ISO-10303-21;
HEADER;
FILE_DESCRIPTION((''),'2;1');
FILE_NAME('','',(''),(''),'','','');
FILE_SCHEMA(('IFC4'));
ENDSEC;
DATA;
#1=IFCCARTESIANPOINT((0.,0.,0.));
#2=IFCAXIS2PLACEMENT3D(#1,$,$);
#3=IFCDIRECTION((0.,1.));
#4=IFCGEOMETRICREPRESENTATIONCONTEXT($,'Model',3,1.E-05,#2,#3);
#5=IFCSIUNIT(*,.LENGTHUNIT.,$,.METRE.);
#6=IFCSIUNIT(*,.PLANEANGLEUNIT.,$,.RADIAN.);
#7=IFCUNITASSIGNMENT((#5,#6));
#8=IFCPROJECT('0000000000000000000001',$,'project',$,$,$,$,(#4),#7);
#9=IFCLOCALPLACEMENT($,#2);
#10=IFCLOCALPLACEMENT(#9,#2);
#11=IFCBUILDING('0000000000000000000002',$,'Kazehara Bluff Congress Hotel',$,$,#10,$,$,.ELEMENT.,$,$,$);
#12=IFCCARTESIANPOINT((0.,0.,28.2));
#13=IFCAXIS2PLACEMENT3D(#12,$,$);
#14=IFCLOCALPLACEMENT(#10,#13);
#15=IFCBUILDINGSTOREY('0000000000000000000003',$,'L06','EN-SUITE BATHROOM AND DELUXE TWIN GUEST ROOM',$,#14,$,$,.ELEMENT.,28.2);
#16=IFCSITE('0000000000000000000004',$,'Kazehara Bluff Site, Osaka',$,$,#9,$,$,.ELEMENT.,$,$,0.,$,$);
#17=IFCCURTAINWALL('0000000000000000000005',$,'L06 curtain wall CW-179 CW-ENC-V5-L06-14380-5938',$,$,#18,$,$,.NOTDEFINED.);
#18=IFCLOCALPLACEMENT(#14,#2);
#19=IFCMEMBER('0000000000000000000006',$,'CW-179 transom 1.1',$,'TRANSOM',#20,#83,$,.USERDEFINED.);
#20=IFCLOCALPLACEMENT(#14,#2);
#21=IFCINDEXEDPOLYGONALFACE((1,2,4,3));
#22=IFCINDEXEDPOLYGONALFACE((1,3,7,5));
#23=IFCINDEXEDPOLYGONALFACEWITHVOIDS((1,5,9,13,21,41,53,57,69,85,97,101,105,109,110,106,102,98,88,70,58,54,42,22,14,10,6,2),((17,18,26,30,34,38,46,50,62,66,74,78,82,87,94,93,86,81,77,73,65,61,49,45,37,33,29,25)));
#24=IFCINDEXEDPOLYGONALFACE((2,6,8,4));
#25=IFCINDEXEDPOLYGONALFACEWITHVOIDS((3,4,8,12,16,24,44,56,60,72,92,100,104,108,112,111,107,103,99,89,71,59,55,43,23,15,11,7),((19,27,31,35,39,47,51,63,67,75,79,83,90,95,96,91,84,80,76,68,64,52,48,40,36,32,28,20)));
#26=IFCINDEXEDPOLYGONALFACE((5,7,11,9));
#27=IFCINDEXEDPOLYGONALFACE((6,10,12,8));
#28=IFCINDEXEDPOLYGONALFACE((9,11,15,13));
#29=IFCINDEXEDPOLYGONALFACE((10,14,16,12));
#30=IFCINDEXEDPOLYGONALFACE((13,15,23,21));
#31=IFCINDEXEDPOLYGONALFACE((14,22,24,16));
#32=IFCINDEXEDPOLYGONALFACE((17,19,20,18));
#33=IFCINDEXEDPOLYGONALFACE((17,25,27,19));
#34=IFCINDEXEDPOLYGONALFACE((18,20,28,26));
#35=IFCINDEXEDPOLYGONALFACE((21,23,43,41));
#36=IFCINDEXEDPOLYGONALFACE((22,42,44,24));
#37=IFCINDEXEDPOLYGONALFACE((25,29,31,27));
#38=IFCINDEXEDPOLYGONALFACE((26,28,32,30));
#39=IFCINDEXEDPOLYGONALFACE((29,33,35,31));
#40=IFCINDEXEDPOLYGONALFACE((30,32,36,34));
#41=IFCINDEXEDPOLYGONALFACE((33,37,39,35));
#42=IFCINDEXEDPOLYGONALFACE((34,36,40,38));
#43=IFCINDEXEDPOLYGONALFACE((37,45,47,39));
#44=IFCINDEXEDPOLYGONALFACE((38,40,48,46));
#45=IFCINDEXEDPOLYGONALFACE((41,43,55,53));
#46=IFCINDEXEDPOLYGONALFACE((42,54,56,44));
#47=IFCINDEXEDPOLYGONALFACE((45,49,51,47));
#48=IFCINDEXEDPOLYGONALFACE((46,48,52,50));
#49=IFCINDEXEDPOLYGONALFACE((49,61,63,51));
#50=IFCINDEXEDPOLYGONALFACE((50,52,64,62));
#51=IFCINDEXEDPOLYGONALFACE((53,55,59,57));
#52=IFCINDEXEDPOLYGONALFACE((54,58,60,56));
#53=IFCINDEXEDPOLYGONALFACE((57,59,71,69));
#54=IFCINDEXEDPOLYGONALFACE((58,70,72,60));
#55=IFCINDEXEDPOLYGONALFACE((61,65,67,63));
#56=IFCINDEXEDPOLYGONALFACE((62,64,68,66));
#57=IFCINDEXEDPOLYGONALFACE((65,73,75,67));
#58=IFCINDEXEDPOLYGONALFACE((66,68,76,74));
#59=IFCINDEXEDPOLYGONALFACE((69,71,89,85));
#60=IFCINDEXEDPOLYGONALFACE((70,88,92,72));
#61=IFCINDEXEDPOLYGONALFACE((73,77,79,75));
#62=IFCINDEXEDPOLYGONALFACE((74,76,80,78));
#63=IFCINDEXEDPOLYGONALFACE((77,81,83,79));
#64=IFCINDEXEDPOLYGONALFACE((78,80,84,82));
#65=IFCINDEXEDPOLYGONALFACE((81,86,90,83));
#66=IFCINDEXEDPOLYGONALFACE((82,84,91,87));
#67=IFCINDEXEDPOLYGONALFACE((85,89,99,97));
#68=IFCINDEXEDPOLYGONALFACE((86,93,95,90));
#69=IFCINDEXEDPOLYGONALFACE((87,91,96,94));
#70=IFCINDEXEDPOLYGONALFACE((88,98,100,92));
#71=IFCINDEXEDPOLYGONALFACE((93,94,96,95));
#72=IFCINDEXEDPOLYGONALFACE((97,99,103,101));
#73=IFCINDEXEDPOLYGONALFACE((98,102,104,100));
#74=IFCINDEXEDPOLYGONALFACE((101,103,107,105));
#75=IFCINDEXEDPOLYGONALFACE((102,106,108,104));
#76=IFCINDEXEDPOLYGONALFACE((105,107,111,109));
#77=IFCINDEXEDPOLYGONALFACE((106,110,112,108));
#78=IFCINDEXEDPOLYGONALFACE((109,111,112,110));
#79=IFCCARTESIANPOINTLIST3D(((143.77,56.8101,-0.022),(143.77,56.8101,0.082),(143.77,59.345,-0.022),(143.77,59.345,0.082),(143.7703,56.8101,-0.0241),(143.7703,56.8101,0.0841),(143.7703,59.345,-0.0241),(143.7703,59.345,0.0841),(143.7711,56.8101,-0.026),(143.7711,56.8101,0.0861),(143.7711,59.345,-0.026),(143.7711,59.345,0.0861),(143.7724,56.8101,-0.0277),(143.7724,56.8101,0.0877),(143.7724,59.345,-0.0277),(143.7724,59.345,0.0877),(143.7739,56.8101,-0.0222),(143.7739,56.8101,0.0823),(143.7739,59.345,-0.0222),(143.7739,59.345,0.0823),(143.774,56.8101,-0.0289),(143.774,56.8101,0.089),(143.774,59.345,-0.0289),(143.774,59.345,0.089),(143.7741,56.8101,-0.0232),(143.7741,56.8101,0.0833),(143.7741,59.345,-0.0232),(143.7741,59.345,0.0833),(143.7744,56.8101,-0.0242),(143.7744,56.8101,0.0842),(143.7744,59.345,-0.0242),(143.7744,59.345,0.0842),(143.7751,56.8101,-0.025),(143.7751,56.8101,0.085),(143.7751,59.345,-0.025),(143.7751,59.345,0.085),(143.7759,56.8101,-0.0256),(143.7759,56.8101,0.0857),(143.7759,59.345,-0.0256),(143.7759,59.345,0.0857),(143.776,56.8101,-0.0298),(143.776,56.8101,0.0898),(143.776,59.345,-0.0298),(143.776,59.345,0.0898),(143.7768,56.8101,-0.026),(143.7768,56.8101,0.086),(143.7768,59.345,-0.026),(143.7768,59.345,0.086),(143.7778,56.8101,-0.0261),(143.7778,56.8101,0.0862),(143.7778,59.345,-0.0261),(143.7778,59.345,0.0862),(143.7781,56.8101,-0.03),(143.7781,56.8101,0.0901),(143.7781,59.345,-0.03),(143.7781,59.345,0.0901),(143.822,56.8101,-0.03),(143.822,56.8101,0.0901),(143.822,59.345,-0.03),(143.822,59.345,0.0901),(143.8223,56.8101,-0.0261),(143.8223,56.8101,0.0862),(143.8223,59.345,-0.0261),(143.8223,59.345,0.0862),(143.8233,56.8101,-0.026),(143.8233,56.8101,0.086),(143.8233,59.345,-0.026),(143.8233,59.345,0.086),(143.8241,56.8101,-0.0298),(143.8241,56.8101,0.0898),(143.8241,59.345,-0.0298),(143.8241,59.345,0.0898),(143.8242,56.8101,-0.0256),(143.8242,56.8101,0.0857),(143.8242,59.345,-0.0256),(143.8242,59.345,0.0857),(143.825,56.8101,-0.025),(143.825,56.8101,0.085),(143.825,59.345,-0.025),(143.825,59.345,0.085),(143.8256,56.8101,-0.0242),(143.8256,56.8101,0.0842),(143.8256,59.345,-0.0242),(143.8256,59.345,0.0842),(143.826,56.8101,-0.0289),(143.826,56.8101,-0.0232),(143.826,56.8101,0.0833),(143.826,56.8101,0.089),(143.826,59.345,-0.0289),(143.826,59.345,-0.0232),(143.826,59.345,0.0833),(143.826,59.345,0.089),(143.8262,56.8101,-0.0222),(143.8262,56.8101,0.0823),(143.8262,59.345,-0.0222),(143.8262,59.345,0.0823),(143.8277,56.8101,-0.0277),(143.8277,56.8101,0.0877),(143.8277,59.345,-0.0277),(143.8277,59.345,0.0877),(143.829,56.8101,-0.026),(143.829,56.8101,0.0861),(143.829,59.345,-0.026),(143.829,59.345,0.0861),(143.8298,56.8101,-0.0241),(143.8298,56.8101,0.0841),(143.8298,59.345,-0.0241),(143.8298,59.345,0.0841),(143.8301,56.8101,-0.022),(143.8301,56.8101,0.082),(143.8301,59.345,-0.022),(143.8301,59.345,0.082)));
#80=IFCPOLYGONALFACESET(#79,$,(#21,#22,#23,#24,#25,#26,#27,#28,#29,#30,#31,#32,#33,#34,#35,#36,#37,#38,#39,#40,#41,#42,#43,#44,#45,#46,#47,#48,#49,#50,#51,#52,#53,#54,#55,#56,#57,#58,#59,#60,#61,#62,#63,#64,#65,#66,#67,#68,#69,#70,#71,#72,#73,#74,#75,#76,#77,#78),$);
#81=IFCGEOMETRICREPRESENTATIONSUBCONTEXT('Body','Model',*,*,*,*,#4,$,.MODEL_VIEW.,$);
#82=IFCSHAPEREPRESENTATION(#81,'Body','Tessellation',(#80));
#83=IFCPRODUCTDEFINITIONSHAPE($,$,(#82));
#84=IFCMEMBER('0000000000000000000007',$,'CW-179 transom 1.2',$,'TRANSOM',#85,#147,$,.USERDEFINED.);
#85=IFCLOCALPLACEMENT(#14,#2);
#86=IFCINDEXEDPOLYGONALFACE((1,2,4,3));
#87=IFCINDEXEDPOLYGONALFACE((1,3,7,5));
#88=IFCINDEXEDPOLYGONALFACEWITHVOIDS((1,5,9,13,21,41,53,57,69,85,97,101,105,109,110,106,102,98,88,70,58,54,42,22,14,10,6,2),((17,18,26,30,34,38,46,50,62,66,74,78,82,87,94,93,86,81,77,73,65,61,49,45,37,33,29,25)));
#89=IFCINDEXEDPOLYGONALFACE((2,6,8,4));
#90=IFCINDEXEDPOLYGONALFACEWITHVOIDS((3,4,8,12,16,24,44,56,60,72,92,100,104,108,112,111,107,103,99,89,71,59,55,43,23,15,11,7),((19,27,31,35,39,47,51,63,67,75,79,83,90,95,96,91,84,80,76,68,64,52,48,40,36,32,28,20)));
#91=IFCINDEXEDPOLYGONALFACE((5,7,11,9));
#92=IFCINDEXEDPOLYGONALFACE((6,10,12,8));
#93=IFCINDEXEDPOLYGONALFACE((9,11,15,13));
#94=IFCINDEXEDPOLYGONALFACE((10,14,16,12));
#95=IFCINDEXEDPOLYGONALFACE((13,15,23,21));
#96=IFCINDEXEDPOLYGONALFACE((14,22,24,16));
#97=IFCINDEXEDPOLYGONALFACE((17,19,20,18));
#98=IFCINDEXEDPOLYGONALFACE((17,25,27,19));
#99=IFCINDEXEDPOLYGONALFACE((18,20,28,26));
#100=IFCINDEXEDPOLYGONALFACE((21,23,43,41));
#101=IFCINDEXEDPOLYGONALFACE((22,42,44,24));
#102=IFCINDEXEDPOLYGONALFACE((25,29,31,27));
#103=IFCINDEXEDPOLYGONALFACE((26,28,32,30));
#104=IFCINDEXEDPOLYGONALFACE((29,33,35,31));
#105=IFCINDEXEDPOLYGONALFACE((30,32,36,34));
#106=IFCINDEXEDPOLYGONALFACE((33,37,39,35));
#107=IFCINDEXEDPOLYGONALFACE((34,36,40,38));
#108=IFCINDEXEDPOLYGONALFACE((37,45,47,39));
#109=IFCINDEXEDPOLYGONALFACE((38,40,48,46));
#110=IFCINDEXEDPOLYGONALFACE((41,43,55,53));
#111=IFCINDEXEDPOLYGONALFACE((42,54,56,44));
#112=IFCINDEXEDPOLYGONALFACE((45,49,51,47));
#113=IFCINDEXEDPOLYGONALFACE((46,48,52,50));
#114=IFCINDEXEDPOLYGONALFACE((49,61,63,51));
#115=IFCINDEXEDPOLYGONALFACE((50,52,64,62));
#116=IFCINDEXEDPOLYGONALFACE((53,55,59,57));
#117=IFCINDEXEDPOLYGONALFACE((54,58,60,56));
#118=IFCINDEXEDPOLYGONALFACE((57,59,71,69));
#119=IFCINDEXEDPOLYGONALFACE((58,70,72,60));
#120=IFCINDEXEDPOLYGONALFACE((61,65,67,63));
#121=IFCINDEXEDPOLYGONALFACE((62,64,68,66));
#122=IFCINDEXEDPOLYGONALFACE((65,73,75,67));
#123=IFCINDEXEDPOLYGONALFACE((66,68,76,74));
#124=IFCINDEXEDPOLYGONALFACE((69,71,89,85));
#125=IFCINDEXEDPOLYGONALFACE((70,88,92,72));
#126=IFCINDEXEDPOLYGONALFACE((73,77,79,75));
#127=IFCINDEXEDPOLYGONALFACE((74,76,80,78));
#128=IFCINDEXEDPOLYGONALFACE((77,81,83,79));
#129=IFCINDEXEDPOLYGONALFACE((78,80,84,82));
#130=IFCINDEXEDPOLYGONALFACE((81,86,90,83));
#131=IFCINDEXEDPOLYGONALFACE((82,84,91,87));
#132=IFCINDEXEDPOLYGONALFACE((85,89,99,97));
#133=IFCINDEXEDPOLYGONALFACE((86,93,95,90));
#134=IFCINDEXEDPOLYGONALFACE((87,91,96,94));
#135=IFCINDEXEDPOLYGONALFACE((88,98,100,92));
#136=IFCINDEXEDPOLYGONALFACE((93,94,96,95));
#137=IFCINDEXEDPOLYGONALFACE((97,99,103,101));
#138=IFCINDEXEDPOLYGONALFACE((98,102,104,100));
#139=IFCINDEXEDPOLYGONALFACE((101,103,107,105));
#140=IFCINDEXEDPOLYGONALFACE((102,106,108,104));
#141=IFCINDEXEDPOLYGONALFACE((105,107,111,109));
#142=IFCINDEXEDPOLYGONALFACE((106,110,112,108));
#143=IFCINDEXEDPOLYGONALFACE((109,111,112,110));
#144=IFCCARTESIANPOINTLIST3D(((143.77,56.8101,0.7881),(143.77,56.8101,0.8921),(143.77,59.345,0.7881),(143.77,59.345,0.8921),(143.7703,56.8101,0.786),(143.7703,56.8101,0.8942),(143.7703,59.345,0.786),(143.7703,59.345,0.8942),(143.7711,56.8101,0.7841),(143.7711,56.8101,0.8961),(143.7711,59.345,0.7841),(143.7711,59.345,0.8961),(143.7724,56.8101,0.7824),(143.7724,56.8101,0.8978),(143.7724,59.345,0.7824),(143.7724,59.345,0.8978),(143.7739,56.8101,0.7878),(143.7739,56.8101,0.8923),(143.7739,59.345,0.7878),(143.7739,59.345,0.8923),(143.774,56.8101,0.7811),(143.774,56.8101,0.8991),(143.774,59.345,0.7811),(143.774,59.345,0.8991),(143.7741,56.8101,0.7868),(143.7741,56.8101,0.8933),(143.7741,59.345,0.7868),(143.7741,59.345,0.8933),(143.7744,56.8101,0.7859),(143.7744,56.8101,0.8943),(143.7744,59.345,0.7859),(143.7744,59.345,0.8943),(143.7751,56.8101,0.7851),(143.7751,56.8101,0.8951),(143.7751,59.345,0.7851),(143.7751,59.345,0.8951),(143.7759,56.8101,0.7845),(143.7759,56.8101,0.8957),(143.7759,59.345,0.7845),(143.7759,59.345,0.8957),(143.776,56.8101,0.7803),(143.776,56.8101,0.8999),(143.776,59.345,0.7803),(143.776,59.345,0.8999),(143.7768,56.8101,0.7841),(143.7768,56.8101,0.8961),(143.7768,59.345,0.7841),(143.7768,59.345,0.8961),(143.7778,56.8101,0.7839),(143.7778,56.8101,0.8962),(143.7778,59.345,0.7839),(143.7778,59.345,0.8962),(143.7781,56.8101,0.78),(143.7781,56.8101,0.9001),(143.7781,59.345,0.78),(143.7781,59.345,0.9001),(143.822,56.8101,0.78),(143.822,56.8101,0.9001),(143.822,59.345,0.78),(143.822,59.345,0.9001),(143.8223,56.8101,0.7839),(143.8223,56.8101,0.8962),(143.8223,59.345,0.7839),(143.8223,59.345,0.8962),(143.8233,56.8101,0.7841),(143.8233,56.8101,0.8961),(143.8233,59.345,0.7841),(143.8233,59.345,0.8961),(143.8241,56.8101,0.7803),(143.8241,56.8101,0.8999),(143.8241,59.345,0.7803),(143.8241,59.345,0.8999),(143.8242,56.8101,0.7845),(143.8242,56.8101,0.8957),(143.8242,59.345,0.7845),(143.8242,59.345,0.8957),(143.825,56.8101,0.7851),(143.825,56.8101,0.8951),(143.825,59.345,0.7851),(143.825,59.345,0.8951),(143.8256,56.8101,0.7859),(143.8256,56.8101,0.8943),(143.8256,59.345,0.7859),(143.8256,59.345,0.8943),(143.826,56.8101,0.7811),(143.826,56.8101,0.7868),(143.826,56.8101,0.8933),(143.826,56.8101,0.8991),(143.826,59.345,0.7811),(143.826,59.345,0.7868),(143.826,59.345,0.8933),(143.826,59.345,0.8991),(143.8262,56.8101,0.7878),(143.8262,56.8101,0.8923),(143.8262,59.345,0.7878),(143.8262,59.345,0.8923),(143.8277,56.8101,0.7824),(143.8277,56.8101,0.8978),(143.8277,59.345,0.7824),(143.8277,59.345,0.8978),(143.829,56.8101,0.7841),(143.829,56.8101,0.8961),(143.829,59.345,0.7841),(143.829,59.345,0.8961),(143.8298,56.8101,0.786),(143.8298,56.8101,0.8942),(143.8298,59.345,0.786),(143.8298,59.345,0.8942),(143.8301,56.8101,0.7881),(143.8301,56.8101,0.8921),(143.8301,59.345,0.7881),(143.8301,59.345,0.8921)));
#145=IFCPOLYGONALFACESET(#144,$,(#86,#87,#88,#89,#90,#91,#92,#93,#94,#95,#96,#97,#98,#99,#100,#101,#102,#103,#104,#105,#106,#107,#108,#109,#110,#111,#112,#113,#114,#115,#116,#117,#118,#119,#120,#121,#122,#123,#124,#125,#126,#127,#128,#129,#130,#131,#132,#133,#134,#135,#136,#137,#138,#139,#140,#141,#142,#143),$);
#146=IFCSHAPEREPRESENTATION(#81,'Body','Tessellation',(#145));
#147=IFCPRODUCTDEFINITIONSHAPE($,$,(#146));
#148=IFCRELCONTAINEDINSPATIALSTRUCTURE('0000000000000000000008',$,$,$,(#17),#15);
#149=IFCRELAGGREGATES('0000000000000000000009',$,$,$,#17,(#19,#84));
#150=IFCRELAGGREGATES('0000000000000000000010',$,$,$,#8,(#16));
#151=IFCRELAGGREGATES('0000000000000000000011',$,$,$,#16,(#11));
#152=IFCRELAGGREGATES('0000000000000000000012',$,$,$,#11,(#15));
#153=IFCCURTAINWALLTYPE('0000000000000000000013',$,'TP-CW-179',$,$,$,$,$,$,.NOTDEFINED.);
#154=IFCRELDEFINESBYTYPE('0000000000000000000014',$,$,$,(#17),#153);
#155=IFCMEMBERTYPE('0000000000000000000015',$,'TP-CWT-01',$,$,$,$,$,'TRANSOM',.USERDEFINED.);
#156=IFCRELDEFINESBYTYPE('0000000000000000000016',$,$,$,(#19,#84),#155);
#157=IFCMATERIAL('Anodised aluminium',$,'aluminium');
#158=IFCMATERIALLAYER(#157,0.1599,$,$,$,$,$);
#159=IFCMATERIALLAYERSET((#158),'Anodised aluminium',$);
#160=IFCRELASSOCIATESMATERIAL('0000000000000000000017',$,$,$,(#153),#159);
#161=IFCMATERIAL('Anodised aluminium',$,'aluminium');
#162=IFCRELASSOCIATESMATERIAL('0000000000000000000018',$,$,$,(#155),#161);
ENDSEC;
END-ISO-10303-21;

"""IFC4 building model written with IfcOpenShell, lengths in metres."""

from ifc_helpers import new_model, si_unit, direction, frame, origin, origin_2d, place, context, subcontext, project, spatial, hollow_rectangle, extrude, material, layer, layer_set, material_profile, profile_set, type_object, element, aggregate, save


model = new_model("IFC4")

# Units and contexts
model_context = context("Model", 3, precision=1e-05, world=origin(), true_north=direction((0.0, 1.0)))
body_context = subcontext(model_context, "Body", "Model", "MODEL_VIEW")
ifc_project = project(units=[si_unit("LENGTHUNIT", "METRE"), si_unit("PLANEANGLEUNIT", "RADIAN")], contexts=[model_context])

# Site, building, storey
site_placement = place(None, origin())
site = spatial("IfcSite", under=ifc_project, at=site_placement, Name="Kazehara Bluff Site, Osaka", CompositionType="ELEMENT", RefElevation=0.0)
building_placement = place(site_placement, origin())
building = spatial("IfcBuilding", under=site, at=building_placement, Name="Kazehara Bluff Congress Hotel", CompositionType="ELEMENT")
storey_placement = place(building_placement, frame((0.0, 0.0, 28.2)))
storey = spatial("IfcBuildingStorey", under=building, at=storey_placement, Name="L06", Description="EN-SUITE BATHROOM AND DELUXE TWIN GUEST ROOM", CompositionType="ELEMENT", Elevation=28.2)

# Curtain wall, members
ifc_material_1 = material(Name="Anodised aluminium", Category="aluminium")
ifc_layer_1 = layer(ifc_material_1, 0.1599)
ifc_layer_set_1 = layer_set([ifc_layer_1], Name="Anodised aluminium")
curtain_wall_type = type_object("IfcCurtainWallType", Name="TP-CW-179", PredefinedType="NOTDEFINED", material=ifc_layer_set_1)
curtain_wall_placement = place(storey_placement, origin())
curtain_wall = element("IfcCurtainWall", 1, at=curtain_wall_placement, inside=storey, type_object=curtain_wall_type, Name="L06 curtain wall CW-179 CW-ENC-V5-L06-14380-5938", PredefinedType="NOTDEFINED")
ifc_material_2 = material(Name="Anodised aluminium", Category="aluminium")
ifc_material_profile_1 = material_profile(ifc_material_2, hollow_rectangle(XDim=0.0601, YDim=0.1201, WallThickness=0.0039, InnerFilletRadius=0.0039, OuterFilletRadius=0.0081, at=origin_2d()))
ifc_profile_set_1 = profile_set([ifc_material_profile_1], Name="Anodised aluminium")
member_type_1 = type_object("IfcMemberType", Name="TP-CWT-01", ElementType="TRANSOM", PredefinedType="USERDEFINED", material=ifc_profile_set_1)
member_1_placement = place(storey_placement, frame((143.8, 56.8101, 0.03), z_axis=(0.0, 1.0, 0.0), x_axis=(-1.0, 0.0, 0.0)))
member_1 = element("IfcMember", 2, at=member_1_placement, type_object=member_type_1, Name="CW-179 transom 1.1", ObjectType="TRANSOM", PredefinedType="USERDEFINED", context=body_context, shape_type="SweptSolid", body=[
    extrude(hollow_rectangle(XDim=0.0601, YDim=0.1201, WallThickness=0.0039, InnerFilletRadius=0.0039, OuterFilletRadius=0.0081, at=origin_2d()), origin(), (0.0, 0.0, 1.0), 2.5349),
])
member_2_placement = place(storey_placement, frame((143.8, 56.8101, 0.8401), z_axis=(0.0, 1.0, 0.0), x_axis=(-1.0, 0.0, 0.0)))
member_2 = element("IfcMember", 3, at=member_2_placement, type_object=member_type_1, Name="CW-179 transom 1.2", ObjectType="TRANSOM", PredefinedType="USERDEFINED", context=body_context, shape_type="SweptSolid", body=[
    extrude(hollow_rectangle(XDim=0.0601, YDim=0.1201, WallThickness=0.0039, InnerFilletRadius=0.0039, OuterFilletRadius=0.0081, at=origin_2d()), origin(), (0.0, 0.0, 1.0), 2.5349),
])

aggregate(curtain_wall, [member_1, member_2])

save(model, "model.ifc")
